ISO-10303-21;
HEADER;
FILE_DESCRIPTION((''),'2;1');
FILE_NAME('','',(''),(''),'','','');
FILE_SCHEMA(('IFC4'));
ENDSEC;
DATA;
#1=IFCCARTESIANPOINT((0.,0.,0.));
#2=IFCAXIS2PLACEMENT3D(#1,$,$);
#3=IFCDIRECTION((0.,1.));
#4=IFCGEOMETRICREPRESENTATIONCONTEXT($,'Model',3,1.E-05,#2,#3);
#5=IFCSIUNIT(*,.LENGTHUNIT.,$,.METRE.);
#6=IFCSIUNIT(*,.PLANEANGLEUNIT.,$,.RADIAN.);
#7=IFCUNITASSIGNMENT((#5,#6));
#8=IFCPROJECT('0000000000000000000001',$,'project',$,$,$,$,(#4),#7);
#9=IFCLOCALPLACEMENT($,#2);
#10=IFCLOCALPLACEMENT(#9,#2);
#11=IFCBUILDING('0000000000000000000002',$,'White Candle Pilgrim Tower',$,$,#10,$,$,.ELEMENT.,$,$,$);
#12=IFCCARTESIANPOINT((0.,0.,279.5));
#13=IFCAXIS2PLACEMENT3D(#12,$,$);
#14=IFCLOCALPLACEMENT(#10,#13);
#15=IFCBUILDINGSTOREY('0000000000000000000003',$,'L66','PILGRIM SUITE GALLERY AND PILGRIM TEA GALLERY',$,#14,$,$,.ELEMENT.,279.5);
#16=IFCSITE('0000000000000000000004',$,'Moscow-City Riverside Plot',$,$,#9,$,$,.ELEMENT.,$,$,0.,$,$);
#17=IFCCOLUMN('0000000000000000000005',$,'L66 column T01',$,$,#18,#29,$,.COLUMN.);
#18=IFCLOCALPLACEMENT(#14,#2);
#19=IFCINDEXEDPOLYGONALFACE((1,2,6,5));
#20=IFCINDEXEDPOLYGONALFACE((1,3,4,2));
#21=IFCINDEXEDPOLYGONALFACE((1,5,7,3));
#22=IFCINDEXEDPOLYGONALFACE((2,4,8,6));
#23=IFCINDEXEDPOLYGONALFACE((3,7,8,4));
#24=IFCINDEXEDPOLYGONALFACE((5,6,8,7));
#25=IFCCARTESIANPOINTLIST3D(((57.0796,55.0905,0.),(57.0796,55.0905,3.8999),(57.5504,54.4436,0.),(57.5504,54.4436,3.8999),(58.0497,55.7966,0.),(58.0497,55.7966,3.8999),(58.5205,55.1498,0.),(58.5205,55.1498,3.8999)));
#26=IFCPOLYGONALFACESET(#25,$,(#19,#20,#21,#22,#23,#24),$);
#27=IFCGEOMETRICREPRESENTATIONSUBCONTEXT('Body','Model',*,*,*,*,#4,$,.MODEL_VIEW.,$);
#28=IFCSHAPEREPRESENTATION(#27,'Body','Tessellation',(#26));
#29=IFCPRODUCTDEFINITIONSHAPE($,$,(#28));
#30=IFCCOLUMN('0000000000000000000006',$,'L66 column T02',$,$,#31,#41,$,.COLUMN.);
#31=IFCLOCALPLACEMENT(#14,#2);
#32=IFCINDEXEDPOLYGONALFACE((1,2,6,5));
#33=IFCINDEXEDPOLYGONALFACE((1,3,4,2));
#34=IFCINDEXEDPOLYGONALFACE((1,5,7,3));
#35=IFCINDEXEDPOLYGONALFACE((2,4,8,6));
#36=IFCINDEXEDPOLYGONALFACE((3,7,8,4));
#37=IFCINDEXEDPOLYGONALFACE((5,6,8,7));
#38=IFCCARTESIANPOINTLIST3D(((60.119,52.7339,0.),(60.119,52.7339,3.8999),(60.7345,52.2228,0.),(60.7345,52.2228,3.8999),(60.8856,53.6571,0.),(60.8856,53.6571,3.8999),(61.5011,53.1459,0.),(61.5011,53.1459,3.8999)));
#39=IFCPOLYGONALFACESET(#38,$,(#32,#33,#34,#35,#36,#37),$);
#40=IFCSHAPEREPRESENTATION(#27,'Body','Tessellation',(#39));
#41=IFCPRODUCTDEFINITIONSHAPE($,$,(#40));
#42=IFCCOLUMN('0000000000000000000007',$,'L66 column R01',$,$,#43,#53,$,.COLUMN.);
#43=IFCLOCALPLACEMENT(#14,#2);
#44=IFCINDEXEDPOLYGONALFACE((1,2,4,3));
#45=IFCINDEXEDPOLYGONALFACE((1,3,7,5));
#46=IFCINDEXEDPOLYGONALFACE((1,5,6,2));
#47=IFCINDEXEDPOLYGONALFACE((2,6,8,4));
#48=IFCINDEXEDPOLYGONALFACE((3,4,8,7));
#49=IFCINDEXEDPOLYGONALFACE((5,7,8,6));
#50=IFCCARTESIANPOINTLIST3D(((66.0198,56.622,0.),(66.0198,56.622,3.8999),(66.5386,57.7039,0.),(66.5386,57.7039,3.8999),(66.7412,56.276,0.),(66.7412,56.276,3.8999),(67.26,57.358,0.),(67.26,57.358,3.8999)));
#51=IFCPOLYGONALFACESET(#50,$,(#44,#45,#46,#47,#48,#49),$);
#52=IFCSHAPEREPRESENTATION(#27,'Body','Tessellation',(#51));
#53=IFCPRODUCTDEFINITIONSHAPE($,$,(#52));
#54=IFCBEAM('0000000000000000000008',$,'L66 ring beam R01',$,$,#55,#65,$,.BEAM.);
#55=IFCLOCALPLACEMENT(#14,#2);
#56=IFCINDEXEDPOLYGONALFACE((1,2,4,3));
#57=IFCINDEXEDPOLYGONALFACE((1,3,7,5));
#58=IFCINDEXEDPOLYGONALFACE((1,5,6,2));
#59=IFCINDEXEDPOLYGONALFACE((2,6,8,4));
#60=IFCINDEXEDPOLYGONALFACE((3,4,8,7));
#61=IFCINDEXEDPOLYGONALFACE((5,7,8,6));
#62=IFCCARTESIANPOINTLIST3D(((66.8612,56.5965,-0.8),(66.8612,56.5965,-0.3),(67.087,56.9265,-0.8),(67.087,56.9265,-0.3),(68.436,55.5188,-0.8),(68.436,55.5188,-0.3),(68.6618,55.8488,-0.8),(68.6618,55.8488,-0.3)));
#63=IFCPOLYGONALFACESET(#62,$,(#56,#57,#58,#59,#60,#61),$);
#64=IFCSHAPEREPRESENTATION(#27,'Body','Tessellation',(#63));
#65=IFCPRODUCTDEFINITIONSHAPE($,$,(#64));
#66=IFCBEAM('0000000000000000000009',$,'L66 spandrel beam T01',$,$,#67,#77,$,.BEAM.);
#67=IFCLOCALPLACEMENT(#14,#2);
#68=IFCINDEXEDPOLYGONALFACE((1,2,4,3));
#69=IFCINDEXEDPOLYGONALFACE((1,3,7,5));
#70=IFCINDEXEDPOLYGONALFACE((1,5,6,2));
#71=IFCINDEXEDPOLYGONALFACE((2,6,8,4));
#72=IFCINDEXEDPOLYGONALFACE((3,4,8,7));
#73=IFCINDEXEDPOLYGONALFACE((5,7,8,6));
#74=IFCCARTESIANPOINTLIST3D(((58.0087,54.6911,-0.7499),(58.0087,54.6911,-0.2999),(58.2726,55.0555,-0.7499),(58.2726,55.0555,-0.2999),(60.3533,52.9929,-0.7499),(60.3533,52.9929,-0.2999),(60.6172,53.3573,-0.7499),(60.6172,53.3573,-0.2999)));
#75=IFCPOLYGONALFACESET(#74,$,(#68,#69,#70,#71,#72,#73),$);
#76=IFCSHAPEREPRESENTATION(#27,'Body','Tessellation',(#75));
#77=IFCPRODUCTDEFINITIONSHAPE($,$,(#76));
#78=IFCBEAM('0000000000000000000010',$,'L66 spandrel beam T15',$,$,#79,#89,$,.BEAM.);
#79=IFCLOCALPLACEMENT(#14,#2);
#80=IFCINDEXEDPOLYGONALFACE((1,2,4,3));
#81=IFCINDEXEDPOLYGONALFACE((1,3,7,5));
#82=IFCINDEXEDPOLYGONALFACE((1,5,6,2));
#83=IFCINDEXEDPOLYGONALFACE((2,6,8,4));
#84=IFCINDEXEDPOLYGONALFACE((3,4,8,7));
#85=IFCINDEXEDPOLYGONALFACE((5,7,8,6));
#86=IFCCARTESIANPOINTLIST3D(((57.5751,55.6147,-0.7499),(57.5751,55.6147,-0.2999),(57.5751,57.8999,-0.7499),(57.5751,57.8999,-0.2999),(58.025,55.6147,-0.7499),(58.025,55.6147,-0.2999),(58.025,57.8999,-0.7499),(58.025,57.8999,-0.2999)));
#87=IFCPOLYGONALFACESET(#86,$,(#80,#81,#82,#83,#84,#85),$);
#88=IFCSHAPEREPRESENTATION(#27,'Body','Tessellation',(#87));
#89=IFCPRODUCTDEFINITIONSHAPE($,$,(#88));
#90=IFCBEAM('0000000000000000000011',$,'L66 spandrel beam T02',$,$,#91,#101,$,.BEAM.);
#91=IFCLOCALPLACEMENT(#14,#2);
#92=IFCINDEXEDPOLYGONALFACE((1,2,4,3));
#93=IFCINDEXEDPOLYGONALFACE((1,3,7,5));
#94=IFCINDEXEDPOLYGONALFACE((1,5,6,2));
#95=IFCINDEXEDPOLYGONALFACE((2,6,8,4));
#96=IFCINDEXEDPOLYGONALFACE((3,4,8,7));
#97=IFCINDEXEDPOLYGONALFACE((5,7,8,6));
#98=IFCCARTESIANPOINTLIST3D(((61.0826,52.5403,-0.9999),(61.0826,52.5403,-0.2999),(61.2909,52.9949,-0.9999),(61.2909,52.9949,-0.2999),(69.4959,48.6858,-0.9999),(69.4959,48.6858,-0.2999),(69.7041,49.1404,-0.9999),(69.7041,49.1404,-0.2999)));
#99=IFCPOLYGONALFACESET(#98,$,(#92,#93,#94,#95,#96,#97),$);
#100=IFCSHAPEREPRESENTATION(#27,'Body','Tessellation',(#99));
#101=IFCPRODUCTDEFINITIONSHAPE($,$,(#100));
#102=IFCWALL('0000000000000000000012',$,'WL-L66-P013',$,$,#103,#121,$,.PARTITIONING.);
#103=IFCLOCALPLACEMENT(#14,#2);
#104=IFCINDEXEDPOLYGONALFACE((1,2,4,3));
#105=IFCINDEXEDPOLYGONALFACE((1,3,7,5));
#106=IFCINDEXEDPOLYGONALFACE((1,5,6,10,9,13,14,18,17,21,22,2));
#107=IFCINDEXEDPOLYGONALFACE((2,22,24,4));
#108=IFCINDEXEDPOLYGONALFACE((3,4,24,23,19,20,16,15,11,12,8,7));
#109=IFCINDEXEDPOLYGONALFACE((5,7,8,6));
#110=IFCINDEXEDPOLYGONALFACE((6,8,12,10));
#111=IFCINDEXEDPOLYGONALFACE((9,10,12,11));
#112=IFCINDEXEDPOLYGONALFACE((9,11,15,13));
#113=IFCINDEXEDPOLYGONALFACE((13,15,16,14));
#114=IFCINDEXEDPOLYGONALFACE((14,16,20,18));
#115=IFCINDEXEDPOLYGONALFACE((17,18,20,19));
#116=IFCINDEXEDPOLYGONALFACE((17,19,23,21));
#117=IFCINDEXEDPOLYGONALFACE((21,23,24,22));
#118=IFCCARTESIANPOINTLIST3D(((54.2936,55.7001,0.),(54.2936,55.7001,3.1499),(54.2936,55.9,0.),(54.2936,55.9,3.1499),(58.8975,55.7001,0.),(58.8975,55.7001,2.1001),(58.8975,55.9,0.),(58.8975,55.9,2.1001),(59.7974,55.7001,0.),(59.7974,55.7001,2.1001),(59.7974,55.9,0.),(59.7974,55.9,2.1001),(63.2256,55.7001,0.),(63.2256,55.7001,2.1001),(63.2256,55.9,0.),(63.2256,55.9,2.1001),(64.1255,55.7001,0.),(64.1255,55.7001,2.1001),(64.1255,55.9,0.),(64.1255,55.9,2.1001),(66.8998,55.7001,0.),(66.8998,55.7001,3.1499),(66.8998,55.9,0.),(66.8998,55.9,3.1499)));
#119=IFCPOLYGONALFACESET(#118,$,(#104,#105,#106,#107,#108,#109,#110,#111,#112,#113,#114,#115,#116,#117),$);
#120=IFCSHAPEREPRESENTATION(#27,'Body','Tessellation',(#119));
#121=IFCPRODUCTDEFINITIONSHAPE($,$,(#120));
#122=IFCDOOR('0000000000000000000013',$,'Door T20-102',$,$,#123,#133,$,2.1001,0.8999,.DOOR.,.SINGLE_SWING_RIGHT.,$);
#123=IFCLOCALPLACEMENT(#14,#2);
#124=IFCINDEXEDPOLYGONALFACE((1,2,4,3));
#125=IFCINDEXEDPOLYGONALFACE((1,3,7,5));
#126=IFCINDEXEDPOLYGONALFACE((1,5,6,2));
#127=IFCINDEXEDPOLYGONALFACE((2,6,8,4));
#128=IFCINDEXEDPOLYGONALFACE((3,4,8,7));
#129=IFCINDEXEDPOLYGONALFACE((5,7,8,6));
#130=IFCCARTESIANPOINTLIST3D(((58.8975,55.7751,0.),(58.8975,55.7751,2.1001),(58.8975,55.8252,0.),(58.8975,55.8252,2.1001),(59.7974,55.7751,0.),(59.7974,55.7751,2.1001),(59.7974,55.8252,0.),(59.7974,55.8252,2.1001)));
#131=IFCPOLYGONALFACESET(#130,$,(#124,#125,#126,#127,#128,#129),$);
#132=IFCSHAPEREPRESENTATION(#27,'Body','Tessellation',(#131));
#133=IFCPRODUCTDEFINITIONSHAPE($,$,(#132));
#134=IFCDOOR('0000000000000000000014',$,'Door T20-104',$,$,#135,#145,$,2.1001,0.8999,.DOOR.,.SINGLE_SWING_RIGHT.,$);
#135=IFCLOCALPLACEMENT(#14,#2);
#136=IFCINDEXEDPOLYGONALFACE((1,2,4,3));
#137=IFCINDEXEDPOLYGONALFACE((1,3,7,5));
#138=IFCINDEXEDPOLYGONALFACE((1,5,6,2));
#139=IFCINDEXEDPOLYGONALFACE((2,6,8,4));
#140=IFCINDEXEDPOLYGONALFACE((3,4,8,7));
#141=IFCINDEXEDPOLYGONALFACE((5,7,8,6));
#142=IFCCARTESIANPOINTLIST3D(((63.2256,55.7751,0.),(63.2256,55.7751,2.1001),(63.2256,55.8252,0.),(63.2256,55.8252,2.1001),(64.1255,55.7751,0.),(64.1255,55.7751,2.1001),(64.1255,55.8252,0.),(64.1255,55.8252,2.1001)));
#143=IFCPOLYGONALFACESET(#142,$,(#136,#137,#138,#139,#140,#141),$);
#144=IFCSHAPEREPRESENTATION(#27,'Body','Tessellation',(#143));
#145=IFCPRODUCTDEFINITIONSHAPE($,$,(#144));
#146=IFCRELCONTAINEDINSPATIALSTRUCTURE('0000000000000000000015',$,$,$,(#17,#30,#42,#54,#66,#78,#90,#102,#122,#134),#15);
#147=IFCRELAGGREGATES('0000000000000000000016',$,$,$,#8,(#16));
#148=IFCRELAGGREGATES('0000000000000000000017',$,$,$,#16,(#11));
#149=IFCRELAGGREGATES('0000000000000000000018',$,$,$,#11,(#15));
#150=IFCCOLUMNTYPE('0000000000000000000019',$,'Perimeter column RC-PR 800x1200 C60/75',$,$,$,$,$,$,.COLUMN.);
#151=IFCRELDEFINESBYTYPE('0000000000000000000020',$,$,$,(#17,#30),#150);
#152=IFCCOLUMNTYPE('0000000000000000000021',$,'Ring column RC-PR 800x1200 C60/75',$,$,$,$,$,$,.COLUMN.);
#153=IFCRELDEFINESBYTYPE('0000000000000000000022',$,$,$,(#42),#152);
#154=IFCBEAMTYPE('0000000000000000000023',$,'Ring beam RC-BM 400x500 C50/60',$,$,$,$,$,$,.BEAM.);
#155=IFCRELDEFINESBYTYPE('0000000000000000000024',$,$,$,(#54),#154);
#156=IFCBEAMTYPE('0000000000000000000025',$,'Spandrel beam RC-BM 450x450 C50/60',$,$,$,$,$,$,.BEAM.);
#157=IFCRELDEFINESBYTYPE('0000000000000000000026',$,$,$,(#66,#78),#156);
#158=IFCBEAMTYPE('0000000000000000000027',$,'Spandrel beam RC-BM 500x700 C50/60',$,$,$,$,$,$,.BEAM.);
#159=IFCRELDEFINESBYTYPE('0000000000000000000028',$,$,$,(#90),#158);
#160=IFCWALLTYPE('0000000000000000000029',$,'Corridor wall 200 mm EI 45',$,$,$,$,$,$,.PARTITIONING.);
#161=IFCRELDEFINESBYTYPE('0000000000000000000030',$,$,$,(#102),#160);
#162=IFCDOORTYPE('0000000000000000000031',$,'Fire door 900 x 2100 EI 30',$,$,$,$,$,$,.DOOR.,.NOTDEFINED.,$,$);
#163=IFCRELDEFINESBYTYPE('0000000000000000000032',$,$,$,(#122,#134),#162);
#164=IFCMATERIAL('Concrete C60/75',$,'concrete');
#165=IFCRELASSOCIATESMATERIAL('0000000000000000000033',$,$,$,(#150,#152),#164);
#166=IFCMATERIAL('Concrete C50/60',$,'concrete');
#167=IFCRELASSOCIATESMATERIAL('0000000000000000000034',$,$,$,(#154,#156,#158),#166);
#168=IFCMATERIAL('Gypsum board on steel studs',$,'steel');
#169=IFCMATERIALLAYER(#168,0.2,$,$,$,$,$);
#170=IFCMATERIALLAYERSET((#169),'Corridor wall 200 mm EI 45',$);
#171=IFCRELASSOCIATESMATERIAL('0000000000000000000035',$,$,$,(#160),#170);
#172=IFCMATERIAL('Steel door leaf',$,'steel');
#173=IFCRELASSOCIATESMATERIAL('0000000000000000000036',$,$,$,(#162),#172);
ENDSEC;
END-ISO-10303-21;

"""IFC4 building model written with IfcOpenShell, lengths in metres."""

from ifc_helpers import new_model, si_unit, direction, frame, frame_2d, origin, origin_2d, place, context, subcontext, project, spatial, rectangle, extrude, material, layer, layer_set, material_profile, profile_set, type_object, element, fill, save


model = new_model("IFC4")

# Units and contexts
model_context = context("Model", 3, precision=1e-05, world=origin(), true_north=direction((0.0, 1.0)))
body_context = subcontext(model_context, "Body", "Model", "MODEL_VIEW")
ifc_project = project(units=[si_unit("LENGTHUNIT", "METRE"), si_unit("PLANEANGLEUNIT", "RADIAN")], contexts=[model_context])

# Site, building, storey
site_placement = place(None, origin())
site = spatial("IfcSite", under=ifc_project, at=site_placement, Name="Moscow-City Riverside Plot", CompositionType="ELEMENT", RefElevation=0.0)
building_placement = place(site_placement, origin())
building = spatial("IfcBuilding", under=site, at=building_placement, Name="White Candle Pilgrim Tower", CompositionType="ELEMENT")
storey_placement = place(building_placement, frame((0.0, 0.0, 279.5)))
storey = spatial("IfcBuildingStorey", under=building, at=storey_placement, Name="L66", Description="PILGRIM SUITE GALLERY AND PILGRIM TEA GALLERY", CompositionType="ELEMENT", Elevation=279.5)

# Columns
ifc_material_1 = material(Name="Concrete C60/75", Category="concrete")
ifc_material_profile_1 = material_profile(ifc_material_1, rectangle(XDim=0.8, YDim=1.2, at=origin_2d()), Name="RC-PR 800x1200")
ifc_profile_set_1 = profile_set([ifc_material_profile_1], Name="Concrete C60/75")
column_type_1 = type_object("IfcColumnType", Name="Perimeter column RC-PR 800x1200 C60/75", PredefinedType="COLUMN", material=ifc_profile_set_1)
for number, where, z_axis, x_axis, name in (
    (1, (57.8, 55.1201, 0.0), (0.0, 0.0, 1.0), (-0.588463, 0.808524, 0.0), "L66 column T01"),
    (2, (60.8101, 52.9399, 0.0), (0.0, 0.0, 1.0), (-0.76931, 0.638875, 0.0), "L66 column T02"),
):
    element("IfcColumn", number, at=place(storey_placement, frame(where, z_axis=z_axis, x_axis=x_axis)), inside=storey, type_object=column_type_1, Name=name, PredefinedType="COLUMN", context=body_context, shape_type="SweptSolid", body=[
        extrude(rectangle(XDim=0.8, YDim=1.2, at=origin_2d()), origin(), (0.0, 0.0, 1.0), 3.8999),
    ])
ifc_material_profile_2 = material_profile(ifc_material_1, rectangle(XDim=0.8, YDim=1.2, at=origin_2d()), Name="RC-PR 800x1200")
ifc_profile_set_2 = profile_set([ifc_material_profile_2], Name="Concrete C60/75")
column_type_2 = type_object("IfcColumnType", Name="Ring column RC-PR 800x1200 C60/75", PredefinedType="COLUMN", material=ifc_profile_set_2)
column_placement = place(storey_placement, frame((66.6399, 56.99, 0.0), z_axis=(0.0, 0.0, 1.0), x_axis=(-0.901689, 0.432385, 0.0)))
element("IfcColumn", 3, at=column_placement, inside=storey, type_object=column_type_2, Name="L66 column R01", PredefinedType="COLUMN", context=body_context, shape_type="SweptSolid", body=[
    extrude(rectangle(XDim=0.8, YDim=1.2, at=origin_2d()), origin(), (0.0, 0.0, 1.0), 3.8999),
])

# Beams
ifc_material_2 = material(Name="Concrete C50/60", Category="concrete")
ifc_material_profile_3 = material_profile(ifc_material_2, rectangle(XDim=0.3999, YDim=0.5, at=origin_2d()), Name="RC-BM 400x500")
ifc_profile_set_3 = profile_set([ifc_material_profile_3], Name="Concrete C50/60")
beam_type_1 = type_object("IfcBeamType", Name="Ring beam RC-BM 400x500 C50/60", PredefinedType="BEAM", material=ifc_profile_set_3)
beam_1_placement = place(storey_placement, frame((66.9741, 56.7615, -0.55), z_axis=(0.825257, -0.564757, 0.0), x_axis=(0.564757, 0.825257, 0.0)))
element("IfcBeam", 4, at=beam_1_placement, inside=storey, type_object=beam_type_1, Name="L66 ring beam R01", PredefinedType="BEAM", context=body_context, shape_type="SweptSolid", body=[
    extrude(rectangle(XDim=0.3999, YDim=0.5, at=origin_2d()), origin(), (0.0, 0.0, 1.0), 1.9082),
])
ifc_material_profile_4 = material_profile(ifc_material_2, rectangle(XDim=0.45, YDim=0.45, at=origin_2d()), Name="RC-BM 450x450")
ifc_profile_set_4 = profile_set([ifc_material_profile_4], Name="Concrete C50/60")
beam_type_2 = type_object("IfcBeamType", Name="Spandrel beam RC-BM 450x450 C50/60", PredefinedType="BEAM", material=ifc_profile_set_4)
beam_2_placement = place(storey_placement, frame((58.1406, 54.8733, -0.5249), z_axis=(0.809887, -0.586586, 0.0), x_axis=(0.586586, 0.809887, 0.0)))
element("IfcBeam", 5, at=beam_2_placement, inside=storey, type_object=beam_type_2, Name="L66 spandrel beam T01", PredefinedType="BEAM", context=body_context, shape_type="SweptSolid", body=[
    extrude(rectangle(XDim=0.45, YDim=0.45, at=origin_2d()), origin(), (0.0, 0.0, 1.0), 2.895),
])
beam_3_placement = place(storey_placement, frame((57.8, 55.6147, -0.5249), z_axis=(0.0, 1.0, 0.0), x_axis=(-1.0, 0.0, 0.0)))
element("IfcBeam", 6, at=beam_3_placement, inside=storey, type_object=beam_type_2, Name="L66 spandrel beam T15", PredefinedType="BEAM", context=body_context, shape_type="SweptSolid", body=[
    extrude(rectangle(XDim=0.45, YDim=0.45, at=origin_2d()), origin(), (0.0, 0.0, 1.0), 2.2852),
])
ifc_material_profile_5 = material_profile(ifc_material_2, rectangle(XDim=0.5, YDim=0.7, at=origin_2d()), Name="RC-BM 500x700")
ifc_profile_set_5 = profile_set([ifc_material_profile_5], Name="Concrete C50/60")
beam_type_3 = type_object("IfcBeamType", Name="Spandrel beam RC-BM 500x700 C50/60", PredefinedType="BEAM", material=ifc_profile_set_5)
beam_4_placement = place(storey_placement, frame((61.1868, 52.7676, -0.6499), z_axis=(0.909131, -0.41651, 0.0), x_axis=(0.41651, 0.909131, 0.0)))
element("IfcBeam", 7, at=beam_4_placement, inside=storey, type_object=beam_type_3, Name="L66 spandrel beam T02", PredefinedType="BEAM", context=body_context, shape_type="SweptSolid", body=[
    extrude(rectangle(XDim=0.5, YDim=0.7, at=origin_2d()), origin(), (0.0, 0.0, 1.0), 9.2542),
])

# Wall, openings, doors
ifc_material_3 = material(Name="Gypsum board on steel studs", Category="steel")
ifc_layer_1 = layer(ifc_material_3, 0.2)
ifc_layer_set_1 = layer_set([ifc_layer_1], Name="Corridor wall 200 mm EI 45")
wall_type_1 = type_object("IfcWallType", Name="Corridor wall 200 mm EI 45", PredefinedType="PARTITIONING", material=ifc_layer_set_1)
wall_1_placement = place(storey_placement, frame((66.8999, 55.8, 0.0), z_axis=(0.0, 0.0, 1.0), x_axis=(-1.0, 0.0, 0.0)))
wall_1 = element("IfcWall", 8, at=wall_1_placement, inside=storey, type_object=wall_type_1, Name="WL-L66-P013", PredefinedType="PARTITIONING", context=body_context, shape_type="SweptSolid", body=[
    extrude(rectangle(XDim=12.6062, YDim=0.2, at=frame_2d((6.3032, 0.0))), origin(), (0.0, 0.0, 1.0), 3.1499),
])
opening_1_placement = place(wall_1_placement, frame((7.1025, 0.0, 0.0)))
opening_1 = element("IfcOpeningElement", 9, at=opening_1_placement, cuts=wall_1, PredefinedType="OPENING", context=body_context, shape_type="SweptSolid", body=[
    extrude(rectangle(XDim=0.8999, YDim=2.1001, at=frame_2d((0.45, 1.05))), frame((0.0, 0.1099, 0.0), z_axis=(0.0, -1.0, 0.0), x_axis=(1.0, 0.0, 0.0)), (0.0, 0.0, 1.0), 0.22),
])
opening_2_placement = place(wall_1_placement, frame((2.7744, 0.0, 0.0)))
opening_2 = element("IfcOpeningElement", 10, at=opening_2_placement, cuts=wall_1, PredefinedType="OPENING", context=body_context, shape_type="SweptSolid", body=[
    extrude(rectangle(XDim=0.8999, YDim=2.1001, at=frame_2d((0.45, 1.05))), frame((0.0, 0.1099, 0.0), z_axis=(0.0, -1.0, 0.0), x_axis=(1.0, 0.0, 0.0)), (0.0, 0.0, 1.0), 0.22),
])
ifc_material_4 = material(Name="Steel door leaf", Category="steel")
door_type_1 = type_object("IfcDoorType", Name="Fire door 900 x 2100 EI 30", OperationType="NOTDEFINED", PredefinedType="DOOR", material=ifc_material_4)
door_1_placement = place(opening_1_placement, origin())
door_1 = element("IfcDoor", 11, at=door_1_placement, inside=storey, type_object=door_type_1, Name="Door T20-102", OperationType="SINGLE_SWING_RIGHT", OverallHeight=2.1001, OverallWidth=0.8999, PredefinedType="DOOR", context=body_context, shape_type="SweptSolid", body=[
    extrude(rectangle(XDim=0.8999, YDim=2.1001, at=frame_2d((0.45, 1.05))), frame((0.0, 0.0249, 0.0), z_axis=(0.0, -1.0, 0.0), x_axis=(1.0, 0.0, 0.0)), (0.0, 0.0, 1.0), 0.05),
])
fill(opening_1, door_1)
door_2_placement = place(opening_2_placement, origin())
door_2 = element("IfcDoor", 12, at=door_2_placement, inside=storey, type_object=door_type_1, Name="Door T20-104", OperationType="SINGLE_SWING_RIGHT", OverallHeight=2.1001, OverallWidth=0.8999, PredefinedType="DOOR", context=body_context, shape_type="SweptSolid", body=[
    extrude(rectangle(XDim=0.8999, YDim=2.1001, at=frame_2d((0.45, 1.05))), frame((0.0, 0.0249, 0.0), z_axis=(0.0, -1.0, 0.0), x_axis=(1.0, 0.0, 0.0)), (0.0, 0.0, 1.0), 0.05),
])
fill(opening_2, door_2)

save(model, "model.ifc")
